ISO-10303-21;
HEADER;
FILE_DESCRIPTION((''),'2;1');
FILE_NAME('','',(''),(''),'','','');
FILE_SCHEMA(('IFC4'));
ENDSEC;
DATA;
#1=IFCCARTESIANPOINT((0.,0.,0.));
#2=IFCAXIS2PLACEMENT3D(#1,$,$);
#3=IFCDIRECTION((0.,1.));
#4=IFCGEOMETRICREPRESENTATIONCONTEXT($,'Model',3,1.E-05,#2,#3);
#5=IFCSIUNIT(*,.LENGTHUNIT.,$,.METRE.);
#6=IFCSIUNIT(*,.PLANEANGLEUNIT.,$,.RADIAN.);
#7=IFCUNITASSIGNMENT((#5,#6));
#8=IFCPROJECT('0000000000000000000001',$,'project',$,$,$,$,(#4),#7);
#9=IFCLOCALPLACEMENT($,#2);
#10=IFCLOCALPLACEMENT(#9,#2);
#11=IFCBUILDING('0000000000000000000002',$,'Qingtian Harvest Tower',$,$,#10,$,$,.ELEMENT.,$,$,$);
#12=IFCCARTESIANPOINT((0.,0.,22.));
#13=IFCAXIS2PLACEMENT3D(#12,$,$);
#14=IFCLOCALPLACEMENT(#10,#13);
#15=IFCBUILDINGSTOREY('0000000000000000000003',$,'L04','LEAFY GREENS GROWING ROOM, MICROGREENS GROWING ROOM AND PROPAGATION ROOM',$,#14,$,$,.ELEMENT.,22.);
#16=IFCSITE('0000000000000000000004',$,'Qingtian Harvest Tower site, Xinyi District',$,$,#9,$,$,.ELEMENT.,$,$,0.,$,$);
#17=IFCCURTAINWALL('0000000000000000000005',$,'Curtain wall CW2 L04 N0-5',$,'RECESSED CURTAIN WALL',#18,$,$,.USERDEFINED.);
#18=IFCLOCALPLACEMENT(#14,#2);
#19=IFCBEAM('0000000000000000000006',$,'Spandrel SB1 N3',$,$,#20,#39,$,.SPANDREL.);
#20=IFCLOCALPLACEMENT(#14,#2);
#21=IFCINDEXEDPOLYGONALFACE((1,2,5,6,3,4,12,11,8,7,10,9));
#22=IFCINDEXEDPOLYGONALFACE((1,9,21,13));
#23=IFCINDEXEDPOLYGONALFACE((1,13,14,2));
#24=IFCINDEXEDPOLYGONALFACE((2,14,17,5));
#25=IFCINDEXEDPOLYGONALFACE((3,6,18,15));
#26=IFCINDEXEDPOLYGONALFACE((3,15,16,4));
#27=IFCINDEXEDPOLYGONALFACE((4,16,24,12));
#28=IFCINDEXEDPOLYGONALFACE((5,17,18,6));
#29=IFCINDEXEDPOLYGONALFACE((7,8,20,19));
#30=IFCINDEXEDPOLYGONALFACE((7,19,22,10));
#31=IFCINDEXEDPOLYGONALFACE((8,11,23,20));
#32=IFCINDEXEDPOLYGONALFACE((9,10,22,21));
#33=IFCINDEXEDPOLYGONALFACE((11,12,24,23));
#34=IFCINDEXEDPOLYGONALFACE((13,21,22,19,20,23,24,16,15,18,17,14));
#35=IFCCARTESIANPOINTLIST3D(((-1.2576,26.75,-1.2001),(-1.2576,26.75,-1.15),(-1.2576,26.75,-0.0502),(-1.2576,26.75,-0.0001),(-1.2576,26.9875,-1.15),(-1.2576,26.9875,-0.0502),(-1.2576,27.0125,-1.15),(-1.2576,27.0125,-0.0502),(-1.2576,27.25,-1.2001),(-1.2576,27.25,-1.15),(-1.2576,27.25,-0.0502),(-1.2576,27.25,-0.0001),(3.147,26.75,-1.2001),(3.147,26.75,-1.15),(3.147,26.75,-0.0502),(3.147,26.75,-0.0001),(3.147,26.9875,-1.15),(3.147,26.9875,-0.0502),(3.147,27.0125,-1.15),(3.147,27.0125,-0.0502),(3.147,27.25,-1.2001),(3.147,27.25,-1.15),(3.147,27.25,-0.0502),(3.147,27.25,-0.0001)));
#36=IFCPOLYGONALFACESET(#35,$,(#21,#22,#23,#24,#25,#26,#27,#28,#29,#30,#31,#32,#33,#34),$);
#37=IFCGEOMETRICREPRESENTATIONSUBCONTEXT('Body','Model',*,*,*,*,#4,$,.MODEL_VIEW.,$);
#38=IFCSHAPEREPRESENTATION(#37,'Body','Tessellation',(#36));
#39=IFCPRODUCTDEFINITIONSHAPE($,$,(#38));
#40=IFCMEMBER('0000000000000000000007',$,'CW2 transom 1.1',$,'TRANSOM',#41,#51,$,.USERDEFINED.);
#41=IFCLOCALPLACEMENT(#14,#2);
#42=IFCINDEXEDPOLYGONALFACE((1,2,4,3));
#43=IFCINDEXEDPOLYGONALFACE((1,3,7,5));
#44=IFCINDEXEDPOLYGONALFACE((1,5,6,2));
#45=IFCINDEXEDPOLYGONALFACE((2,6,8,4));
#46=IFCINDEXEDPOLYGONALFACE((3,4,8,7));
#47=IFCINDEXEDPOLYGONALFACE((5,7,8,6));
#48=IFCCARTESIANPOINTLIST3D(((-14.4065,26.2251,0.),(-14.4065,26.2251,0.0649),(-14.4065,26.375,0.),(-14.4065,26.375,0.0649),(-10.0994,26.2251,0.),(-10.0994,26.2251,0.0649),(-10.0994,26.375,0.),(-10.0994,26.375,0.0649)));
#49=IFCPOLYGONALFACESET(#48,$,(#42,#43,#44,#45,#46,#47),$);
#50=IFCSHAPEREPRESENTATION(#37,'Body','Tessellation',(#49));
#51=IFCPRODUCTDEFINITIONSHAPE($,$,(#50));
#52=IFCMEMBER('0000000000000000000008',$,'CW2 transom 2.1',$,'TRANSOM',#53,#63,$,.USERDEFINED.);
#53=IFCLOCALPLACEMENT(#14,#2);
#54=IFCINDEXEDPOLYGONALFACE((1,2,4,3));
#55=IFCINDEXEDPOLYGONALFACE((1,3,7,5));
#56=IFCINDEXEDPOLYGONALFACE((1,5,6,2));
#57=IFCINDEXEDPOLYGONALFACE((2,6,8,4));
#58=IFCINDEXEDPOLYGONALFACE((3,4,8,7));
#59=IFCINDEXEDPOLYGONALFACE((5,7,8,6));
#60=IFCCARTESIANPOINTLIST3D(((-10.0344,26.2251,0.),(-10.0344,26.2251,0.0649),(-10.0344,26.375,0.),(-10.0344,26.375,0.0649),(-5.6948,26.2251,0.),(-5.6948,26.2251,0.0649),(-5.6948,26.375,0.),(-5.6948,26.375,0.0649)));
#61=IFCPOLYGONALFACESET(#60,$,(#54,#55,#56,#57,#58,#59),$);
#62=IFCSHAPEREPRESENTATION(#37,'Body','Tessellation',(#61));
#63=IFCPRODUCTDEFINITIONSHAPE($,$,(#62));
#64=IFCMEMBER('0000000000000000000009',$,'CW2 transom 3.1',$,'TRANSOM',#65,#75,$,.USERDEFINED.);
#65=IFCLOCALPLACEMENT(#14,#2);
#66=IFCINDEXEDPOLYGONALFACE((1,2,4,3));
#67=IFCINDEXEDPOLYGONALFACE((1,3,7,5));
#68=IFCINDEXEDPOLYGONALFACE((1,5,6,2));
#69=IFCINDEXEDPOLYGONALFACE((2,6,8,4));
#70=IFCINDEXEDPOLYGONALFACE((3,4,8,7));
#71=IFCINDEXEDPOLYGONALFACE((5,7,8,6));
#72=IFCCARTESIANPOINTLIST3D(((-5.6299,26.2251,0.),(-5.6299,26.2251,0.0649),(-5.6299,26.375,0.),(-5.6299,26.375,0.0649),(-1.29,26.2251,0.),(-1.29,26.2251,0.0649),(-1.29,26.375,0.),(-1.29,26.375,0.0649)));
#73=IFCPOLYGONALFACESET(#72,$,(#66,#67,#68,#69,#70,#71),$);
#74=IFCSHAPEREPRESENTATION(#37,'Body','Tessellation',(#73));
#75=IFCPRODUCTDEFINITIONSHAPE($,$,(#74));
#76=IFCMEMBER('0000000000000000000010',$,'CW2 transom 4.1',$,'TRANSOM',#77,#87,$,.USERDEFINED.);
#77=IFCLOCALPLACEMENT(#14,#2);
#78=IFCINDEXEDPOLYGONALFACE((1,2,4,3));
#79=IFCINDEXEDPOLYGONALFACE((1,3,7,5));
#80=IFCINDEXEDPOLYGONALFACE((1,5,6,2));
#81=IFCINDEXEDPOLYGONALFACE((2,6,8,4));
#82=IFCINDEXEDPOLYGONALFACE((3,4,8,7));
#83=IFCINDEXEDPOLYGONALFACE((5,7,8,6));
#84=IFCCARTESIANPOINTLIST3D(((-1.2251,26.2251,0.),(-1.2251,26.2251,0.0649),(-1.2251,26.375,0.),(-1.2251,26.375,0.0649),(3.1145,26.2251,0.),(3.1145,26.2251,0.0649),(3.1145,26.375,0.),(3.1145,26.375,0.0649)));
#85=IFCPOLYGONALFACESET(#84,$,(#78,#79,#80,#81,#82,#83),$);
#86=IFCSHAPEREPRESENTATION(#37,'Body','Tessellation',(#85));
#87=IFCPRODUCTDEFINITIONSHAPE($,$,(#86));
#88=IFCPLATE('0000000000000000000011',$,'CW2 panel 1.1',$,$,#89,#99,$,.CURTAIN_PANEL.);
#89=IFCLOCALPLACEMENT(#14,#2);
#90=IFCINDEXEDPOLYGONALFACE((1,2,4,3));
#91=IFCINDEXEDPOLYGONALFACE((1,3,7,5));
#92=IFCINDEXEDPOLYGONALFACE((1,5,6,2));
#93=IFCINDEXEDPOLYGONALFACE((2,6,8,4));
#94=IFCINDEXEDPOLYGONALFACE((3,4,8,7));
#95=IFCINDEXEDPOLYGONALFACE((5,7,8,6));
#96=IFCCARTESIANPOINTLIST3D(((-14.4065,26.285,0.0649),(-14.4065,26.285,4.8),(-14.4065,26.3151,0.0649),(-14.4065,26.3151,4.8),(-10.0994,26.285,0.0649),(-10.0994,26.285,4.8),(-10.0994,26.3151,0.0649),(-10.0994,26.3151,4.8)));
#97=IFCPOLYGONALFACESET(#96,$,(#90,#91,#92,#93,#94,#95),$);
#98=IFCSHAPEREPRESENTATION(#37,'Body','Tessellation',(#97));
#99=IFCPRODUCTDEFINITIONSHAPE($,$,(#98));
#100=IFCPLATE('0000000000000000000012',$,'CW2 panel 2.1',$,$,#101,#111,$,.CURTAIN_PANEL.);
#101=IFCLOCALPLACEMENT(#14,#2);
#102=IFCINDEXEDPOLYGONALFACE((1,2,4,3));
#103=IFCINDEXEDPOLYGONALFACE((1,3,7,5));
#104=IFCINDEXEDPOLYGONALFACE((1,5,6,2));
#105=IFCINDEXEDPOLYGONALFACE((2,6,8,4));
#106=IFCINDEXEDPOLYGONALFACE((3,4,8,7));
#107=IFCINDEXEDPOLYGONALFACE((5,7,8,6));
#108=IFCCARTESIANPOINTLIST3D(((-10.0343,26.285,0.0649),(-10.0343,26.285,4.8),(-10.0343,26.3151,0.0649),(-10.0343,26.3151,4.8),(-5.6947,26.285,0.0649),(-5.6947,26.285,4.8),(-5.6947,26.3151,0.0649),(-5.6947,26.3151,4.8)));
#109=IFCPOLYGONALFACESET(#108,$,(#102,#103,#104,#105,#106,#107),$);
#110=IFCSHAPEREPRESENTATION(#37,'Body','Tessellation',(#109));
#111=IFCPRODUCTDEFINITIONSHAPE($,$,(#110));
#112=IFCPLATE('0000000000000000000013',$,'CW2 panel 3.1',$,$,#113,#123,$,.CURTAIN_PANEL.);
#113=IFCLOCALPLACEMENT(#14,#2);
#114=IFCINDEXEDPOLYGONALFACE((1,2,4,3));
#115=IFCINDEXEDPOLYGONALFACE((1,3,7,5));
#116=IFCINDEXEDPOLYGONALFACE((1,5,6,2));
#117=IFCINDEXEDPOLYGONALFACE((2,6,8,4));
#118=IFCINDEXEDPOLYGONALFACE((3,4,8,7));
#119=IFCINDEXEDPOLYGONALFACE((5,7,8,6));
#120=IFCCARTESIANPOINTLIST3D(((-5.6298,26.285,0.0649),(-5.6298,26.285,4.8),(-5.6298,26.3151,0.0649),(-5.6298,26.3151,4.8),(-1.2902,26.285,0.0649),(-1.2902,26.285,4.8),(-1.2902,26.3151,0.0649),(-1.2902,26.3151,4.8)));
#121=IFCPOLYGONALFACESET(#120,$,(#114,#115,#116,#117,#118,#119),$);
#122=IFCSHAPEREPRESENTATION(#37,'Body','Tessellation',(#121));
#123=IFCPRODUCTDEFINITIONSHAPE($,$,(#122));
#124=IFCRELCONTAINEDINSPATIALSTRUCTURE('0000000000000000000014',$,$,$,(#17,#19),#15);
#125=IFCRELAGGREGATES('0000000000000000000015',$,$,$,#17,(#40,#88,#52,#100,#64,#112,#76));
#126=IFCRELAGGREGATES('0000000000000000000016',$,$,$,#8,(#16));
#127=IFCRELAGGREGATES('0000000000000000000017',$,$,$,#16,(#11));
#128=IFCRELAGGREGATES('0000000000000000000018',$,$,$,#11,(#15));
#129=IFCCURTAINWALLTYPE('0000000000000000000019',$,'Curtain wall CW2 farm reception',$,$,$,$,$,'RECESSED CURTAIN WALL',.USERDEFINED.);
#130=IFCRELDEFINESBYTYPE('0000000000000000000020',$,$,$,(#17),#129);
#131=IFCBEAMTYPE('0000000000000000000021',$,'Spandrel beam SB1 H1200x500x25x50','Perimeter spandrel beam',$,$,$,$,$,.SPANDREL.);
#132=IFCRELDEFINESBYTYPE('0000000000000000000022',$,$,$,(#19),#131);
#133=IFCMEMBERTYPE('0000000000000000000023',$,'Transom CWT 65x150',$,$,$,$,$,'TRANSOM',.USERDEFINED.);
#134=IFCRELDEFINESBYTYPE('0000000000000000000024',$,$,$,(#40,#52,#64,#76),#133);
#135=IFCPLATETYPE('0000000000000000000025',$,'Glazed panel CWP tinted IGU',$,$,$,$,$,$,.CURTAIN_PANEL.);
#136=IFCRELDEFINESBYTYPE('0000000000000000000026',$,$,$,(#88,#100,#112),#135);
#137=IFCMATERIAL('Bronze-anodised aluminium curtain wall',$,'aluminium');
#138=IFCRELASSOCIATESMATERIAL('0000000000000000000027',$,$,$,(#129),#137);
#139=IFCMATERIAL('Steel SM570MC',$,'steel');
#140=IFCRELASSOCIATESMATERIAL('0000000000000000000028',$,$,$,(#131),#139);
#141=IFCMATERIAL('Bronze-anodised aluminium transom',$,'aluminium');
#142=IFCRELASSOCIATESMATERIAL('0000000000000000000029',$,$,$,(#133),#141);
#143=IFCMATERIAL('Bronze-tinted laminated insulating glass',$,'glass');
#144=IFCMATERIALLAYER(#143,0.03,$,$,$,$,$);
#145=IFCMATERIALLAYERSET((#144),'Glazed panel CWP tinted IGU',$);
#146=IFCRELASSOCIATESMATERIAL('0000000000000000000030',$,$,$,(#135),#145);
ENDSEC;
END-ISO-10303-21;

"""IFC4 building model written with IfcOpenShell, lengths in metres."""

from ifc_helpers import new_model, si_unit, direction, frame, origin, origin_2d, place, context, subcontext, project, spatial, rectangle, i_section, extrude, material, layer, layer_set, material_profile, profile_set, type_object, element, aggregate, save


model = new_model("IFC4")

# Units and contexts
model_context = context("Model", 3, precision=1e-05, world=origin(), true_north=direction((0.0, 1.0)))
body_context = subcontext(model_context, "Body", "Model", "MODEL_VIEW")
ifc_project = project(units=[si_unit("LENGTHUNIT", "METRE"), si_unit("PLANEANGLEUNIT", "RADIAN")], contexts=[model_context])

# Site, building, storey
site_placement = place(None, origin())
site = spatial("IfcSite", under=ifc_project, at=site_placement, Name="Qingtian Harvest Tower site, Xinyi District", CompositionType="ELEMENT", RefElevation=0.0)
building_placement = place(site_placement, origin())
building = spatial("IfcBuilding", under=site, at=building_placement, Name="Qingtian Harvest Tower", CompositionType="ELEMENT")
storey_placement = place(building_placement, frame((0.0, 0.0, 22.0)))
storey = spatial("IfcBuildingStorey", under=building, at=storey_placement, Name="L04", Description="LEAFY GREENS GROWING ROOM, MICROGREENS GROWING ROOM AND PROPAGATION ROOM", CompositionType="ELEMENT", Elevation=22.0)

# Curtain wall
ifc_material_1 = material(Name="Bronze-anodised aluminium curtain wall", Category="aluminium")
curtain_wall_type = type_object("IfcCurtainWallType", Name="Curtain wall CW2 farm reception", ElementType="RECESSED CURTAIN WALL", PredefinedType="USERDEFINED", material=ifc_material_1)
curtain_wall_1_placement = place(storey_placement, origin())
curtain_wall_1 = element("IfcCurtainWall", 1, at=curtain_wall_1_placement, inside=storey, type_object=curtain_wall_type, Name="Curtain wall CW2 L04 N0-5", ObjectType="RECESSED CURTAIN WALL", PredefinedType="USERDEFINED")

# Beam
ifc_material_2 = material(Name="Steel SM570MC", Category="steel")
ifc_material_profile_1 = material_profile(ifc_material_2, i_section(OverallWidth=0.5, OverallDepth=1.2, WebThickness=0.0249, FlangeThickness=0.05, at=origin_2d()), Name="H1200x500x25x50")
ifc_profile_set_1 = profile_set([ifc_material_profile_1], Name="Steel SM570MC")
beam_type_1 = type_object("IfcBeamType", Name="Spandrel beam SB1 H1200x500x25x50", Description="Perimeter spandrel beam", PredefinedType="SPANDREL", material=ifc_profile_set_1)
beam_1_placement = place(storey_placement, frame((-1.2576, 27.0, -0.6001), z_axis=(1.0, 0.0, 0.0), x_axis=(0.0, 1.0, 0.0)))
element("IfcBeam", 2, at=beam_1_placement, inside=storey, type_object=beam_type_1, Name="Spandrel SB1 N3", PredefinedType="SPANDREL", context=body_context, shape_type="SweptSolid", body=[
    extrude(i_section(OverallWidth=0.5, OverallDepth=1.2, WebThickness=0.0249, FlangeThickness=0.05, at=origin_2d()), origin(), (0.0, 0.0, 1.0), 4.4045),
])

# Members
ifc_material_3 = material(Name="Bronze-anodised aluminium transom", Category="aluminium")
ifc_material_profile_2 = material_profile(ifc_material_3, rectangle(XDim=0.1499, YDim=0.0649, at=origin_2d()), Name="AL 65x150")
ifc_profile_set_2 = profile_set([ifc_material_profile_2], Name="Bronze-anodised aluminium transom")
member_type_1 = type_object("IfcMemberType", Name="Transom CWT 65x150", ElementType="TRANSOM", PredefinedType="USERDEFINED", material=ifc_profile_set_2)
member_1_placement = place(storey_placement, frame((-14.4065, 26.3, 0.0325), z_axis=(1.0, 0.0, 0.0), x_axis=(0.0, 1.0, 0.0)))
member_1 = element("IfcMember", 3, at=member_1_placement, type_object=member_type_1, Name="CW2 transom 1.1", ObjectType="TRANSOM", PredefinedType="USERDEFINED", context=body_context, shape_type="SweptSolid", body=[
    extrude(rectangle(XDim=0.1499, YDim=0.0649, at=origin_2d()), origin(), (0.0, 0.0, 1.0), 4.3071),
])
member_2_placement = place(storey_placement, frame((-10.0344, 26.3, 0.0325), z_axis=(1.0, 0.0, 0.0), x_axis=(0.0, 1.0, 0.0)))
member_2 = element("IfcMember", 4, at=member_2_placement, type_object=member_type_1, Name="CW2 transom 2.1", ObjectType="TRANSOM", PredefinedType="USERDEFINED", context=body_context, shape_type="SweptSolid", body=[
    extrude(rectangle(XDim=0.1499, YDim=0.0649, at=origin_2d()), origin(), (0.0, 0.0, 1.0), 4.3396),
])
member_3_placement = place(storey_placement, frame((-5.6299, 26.3, 0.0325), z_axis=(1.0, 0.0, 0.0), x_axis=(0.0, 1.0, 0.0)))
member_3 = element("IfcMember", 5, at=member_3_placement, type_object=member_type_1, Name="CW2 transom 3.1", ObjectType="TRANSOM", PredefinedType="USERDEFINED", context=body_context, shape_type="SweptSolid", body=[
    extrude(rectangle(XDim=0.1499, YDim=0.0649, at=origin_2d()), origin(), (0.0, 0.0, 1.0), 4.3398),
])
member_4_placement = place(storey_placement, frame((-1.2251, 26.3, 0.0325), z_axis=(1.0, 0.0, 0.0), x_axis=(0.0, 1.0, 0.0)))
member_4 = element("IfcMember", 6, at=member_4_placement, type_object=member_type_1, Name="CW2 transom 4.1", ObjectType="TRANSOM", PredefinedType="USERDEFINED", context=body_context, shape_type="SweptSolid", body=[
    extrude(rectangle(XDim=0.1499, YDim=0.0649, at=origin_2d()), origin(), (0.0, 0.0, 1.0), 4.3396),
])

# Plates
ifc_material_4 = material(Name="Bronze-tinted laminated insulating glass", Category="glass")
ifc_layer_1 = layer(ifc_material_4, 0.03)
ifc_layer_set_1 = layer_set([ifc_layer_1], Name="Glazed panel CWP tinted IGU")
plate_type = type_object("IfcPlateType", Name="Glazed panel CWP tinted IGU", PredefinedType="CURTAIN_PANEL", material=ifc_layer_set_1)
plate_1_placement = place(storey_placement, frame((-12.2529, 26.3, 0.0649), z_axis=(0.0, 0.0, 1.0), x_axis=(1.0, 0.0, 0.0)))
plate_1 = element("IfcPlate", 7, at=plate_1_placement, type_object=plate_type, Name="CW2 panel 1.1", PredefinedType="CURTAIN_PANEL", context=body_context, shape_type="SweptSolid", body=[
    extrude(rectangle(XDim=4.3071, YDim=0.03, at=origin_2d()), origin(), (0.0, 0.0, 1.0), 4.7351),
])
plate_2_placement = place(storey_placement, frame((-7.8645, 26.3, 0.0649), z_axis=(0.0, 0.0, 1.0), x_axis=(1.0, 0.0, 0.0)))
plate_2 = element("IfcPlate", 8, at=plate_2_placement, type_object=plate_type, Name="CW2 panel 2.1", PredefinedType="CURTAIN_PANEL", context=body_context, shape_type="SweptSolid", body=[
    extrude(rectangle(XDim=4.3396, YDim=0.03, at=origin_2d()), origin(), (0.0, 0.0, 1.0), 4.7351),
])
plate_3_placement = place(storey_placement, frame((-3.46, 26.3, 0.0649), z_axis=(0.0, 0.0, 1.0), x_axis=(1.0, 0.0, 0.0)))
plate_3 = element("IfcPlate", 9, at=plate_3_placement, type_object=plate_type, Name="CW2 panel 3.1", PredefinedType="CURTAIN_PANEL", context=body_context, shape_type="SweptSolid", body=[
    extrude(rectangle(XDim=4.3396, YDim=0.03, at=origin_2d()), origin(), (0.0, 0.0, 1.0), 4.7351),
])
aggregate(curtain_wall_1, [member_1, plate_1, member_2, plate_2, member_3, plate_3, member_4])

save(model, "model.ifc")
